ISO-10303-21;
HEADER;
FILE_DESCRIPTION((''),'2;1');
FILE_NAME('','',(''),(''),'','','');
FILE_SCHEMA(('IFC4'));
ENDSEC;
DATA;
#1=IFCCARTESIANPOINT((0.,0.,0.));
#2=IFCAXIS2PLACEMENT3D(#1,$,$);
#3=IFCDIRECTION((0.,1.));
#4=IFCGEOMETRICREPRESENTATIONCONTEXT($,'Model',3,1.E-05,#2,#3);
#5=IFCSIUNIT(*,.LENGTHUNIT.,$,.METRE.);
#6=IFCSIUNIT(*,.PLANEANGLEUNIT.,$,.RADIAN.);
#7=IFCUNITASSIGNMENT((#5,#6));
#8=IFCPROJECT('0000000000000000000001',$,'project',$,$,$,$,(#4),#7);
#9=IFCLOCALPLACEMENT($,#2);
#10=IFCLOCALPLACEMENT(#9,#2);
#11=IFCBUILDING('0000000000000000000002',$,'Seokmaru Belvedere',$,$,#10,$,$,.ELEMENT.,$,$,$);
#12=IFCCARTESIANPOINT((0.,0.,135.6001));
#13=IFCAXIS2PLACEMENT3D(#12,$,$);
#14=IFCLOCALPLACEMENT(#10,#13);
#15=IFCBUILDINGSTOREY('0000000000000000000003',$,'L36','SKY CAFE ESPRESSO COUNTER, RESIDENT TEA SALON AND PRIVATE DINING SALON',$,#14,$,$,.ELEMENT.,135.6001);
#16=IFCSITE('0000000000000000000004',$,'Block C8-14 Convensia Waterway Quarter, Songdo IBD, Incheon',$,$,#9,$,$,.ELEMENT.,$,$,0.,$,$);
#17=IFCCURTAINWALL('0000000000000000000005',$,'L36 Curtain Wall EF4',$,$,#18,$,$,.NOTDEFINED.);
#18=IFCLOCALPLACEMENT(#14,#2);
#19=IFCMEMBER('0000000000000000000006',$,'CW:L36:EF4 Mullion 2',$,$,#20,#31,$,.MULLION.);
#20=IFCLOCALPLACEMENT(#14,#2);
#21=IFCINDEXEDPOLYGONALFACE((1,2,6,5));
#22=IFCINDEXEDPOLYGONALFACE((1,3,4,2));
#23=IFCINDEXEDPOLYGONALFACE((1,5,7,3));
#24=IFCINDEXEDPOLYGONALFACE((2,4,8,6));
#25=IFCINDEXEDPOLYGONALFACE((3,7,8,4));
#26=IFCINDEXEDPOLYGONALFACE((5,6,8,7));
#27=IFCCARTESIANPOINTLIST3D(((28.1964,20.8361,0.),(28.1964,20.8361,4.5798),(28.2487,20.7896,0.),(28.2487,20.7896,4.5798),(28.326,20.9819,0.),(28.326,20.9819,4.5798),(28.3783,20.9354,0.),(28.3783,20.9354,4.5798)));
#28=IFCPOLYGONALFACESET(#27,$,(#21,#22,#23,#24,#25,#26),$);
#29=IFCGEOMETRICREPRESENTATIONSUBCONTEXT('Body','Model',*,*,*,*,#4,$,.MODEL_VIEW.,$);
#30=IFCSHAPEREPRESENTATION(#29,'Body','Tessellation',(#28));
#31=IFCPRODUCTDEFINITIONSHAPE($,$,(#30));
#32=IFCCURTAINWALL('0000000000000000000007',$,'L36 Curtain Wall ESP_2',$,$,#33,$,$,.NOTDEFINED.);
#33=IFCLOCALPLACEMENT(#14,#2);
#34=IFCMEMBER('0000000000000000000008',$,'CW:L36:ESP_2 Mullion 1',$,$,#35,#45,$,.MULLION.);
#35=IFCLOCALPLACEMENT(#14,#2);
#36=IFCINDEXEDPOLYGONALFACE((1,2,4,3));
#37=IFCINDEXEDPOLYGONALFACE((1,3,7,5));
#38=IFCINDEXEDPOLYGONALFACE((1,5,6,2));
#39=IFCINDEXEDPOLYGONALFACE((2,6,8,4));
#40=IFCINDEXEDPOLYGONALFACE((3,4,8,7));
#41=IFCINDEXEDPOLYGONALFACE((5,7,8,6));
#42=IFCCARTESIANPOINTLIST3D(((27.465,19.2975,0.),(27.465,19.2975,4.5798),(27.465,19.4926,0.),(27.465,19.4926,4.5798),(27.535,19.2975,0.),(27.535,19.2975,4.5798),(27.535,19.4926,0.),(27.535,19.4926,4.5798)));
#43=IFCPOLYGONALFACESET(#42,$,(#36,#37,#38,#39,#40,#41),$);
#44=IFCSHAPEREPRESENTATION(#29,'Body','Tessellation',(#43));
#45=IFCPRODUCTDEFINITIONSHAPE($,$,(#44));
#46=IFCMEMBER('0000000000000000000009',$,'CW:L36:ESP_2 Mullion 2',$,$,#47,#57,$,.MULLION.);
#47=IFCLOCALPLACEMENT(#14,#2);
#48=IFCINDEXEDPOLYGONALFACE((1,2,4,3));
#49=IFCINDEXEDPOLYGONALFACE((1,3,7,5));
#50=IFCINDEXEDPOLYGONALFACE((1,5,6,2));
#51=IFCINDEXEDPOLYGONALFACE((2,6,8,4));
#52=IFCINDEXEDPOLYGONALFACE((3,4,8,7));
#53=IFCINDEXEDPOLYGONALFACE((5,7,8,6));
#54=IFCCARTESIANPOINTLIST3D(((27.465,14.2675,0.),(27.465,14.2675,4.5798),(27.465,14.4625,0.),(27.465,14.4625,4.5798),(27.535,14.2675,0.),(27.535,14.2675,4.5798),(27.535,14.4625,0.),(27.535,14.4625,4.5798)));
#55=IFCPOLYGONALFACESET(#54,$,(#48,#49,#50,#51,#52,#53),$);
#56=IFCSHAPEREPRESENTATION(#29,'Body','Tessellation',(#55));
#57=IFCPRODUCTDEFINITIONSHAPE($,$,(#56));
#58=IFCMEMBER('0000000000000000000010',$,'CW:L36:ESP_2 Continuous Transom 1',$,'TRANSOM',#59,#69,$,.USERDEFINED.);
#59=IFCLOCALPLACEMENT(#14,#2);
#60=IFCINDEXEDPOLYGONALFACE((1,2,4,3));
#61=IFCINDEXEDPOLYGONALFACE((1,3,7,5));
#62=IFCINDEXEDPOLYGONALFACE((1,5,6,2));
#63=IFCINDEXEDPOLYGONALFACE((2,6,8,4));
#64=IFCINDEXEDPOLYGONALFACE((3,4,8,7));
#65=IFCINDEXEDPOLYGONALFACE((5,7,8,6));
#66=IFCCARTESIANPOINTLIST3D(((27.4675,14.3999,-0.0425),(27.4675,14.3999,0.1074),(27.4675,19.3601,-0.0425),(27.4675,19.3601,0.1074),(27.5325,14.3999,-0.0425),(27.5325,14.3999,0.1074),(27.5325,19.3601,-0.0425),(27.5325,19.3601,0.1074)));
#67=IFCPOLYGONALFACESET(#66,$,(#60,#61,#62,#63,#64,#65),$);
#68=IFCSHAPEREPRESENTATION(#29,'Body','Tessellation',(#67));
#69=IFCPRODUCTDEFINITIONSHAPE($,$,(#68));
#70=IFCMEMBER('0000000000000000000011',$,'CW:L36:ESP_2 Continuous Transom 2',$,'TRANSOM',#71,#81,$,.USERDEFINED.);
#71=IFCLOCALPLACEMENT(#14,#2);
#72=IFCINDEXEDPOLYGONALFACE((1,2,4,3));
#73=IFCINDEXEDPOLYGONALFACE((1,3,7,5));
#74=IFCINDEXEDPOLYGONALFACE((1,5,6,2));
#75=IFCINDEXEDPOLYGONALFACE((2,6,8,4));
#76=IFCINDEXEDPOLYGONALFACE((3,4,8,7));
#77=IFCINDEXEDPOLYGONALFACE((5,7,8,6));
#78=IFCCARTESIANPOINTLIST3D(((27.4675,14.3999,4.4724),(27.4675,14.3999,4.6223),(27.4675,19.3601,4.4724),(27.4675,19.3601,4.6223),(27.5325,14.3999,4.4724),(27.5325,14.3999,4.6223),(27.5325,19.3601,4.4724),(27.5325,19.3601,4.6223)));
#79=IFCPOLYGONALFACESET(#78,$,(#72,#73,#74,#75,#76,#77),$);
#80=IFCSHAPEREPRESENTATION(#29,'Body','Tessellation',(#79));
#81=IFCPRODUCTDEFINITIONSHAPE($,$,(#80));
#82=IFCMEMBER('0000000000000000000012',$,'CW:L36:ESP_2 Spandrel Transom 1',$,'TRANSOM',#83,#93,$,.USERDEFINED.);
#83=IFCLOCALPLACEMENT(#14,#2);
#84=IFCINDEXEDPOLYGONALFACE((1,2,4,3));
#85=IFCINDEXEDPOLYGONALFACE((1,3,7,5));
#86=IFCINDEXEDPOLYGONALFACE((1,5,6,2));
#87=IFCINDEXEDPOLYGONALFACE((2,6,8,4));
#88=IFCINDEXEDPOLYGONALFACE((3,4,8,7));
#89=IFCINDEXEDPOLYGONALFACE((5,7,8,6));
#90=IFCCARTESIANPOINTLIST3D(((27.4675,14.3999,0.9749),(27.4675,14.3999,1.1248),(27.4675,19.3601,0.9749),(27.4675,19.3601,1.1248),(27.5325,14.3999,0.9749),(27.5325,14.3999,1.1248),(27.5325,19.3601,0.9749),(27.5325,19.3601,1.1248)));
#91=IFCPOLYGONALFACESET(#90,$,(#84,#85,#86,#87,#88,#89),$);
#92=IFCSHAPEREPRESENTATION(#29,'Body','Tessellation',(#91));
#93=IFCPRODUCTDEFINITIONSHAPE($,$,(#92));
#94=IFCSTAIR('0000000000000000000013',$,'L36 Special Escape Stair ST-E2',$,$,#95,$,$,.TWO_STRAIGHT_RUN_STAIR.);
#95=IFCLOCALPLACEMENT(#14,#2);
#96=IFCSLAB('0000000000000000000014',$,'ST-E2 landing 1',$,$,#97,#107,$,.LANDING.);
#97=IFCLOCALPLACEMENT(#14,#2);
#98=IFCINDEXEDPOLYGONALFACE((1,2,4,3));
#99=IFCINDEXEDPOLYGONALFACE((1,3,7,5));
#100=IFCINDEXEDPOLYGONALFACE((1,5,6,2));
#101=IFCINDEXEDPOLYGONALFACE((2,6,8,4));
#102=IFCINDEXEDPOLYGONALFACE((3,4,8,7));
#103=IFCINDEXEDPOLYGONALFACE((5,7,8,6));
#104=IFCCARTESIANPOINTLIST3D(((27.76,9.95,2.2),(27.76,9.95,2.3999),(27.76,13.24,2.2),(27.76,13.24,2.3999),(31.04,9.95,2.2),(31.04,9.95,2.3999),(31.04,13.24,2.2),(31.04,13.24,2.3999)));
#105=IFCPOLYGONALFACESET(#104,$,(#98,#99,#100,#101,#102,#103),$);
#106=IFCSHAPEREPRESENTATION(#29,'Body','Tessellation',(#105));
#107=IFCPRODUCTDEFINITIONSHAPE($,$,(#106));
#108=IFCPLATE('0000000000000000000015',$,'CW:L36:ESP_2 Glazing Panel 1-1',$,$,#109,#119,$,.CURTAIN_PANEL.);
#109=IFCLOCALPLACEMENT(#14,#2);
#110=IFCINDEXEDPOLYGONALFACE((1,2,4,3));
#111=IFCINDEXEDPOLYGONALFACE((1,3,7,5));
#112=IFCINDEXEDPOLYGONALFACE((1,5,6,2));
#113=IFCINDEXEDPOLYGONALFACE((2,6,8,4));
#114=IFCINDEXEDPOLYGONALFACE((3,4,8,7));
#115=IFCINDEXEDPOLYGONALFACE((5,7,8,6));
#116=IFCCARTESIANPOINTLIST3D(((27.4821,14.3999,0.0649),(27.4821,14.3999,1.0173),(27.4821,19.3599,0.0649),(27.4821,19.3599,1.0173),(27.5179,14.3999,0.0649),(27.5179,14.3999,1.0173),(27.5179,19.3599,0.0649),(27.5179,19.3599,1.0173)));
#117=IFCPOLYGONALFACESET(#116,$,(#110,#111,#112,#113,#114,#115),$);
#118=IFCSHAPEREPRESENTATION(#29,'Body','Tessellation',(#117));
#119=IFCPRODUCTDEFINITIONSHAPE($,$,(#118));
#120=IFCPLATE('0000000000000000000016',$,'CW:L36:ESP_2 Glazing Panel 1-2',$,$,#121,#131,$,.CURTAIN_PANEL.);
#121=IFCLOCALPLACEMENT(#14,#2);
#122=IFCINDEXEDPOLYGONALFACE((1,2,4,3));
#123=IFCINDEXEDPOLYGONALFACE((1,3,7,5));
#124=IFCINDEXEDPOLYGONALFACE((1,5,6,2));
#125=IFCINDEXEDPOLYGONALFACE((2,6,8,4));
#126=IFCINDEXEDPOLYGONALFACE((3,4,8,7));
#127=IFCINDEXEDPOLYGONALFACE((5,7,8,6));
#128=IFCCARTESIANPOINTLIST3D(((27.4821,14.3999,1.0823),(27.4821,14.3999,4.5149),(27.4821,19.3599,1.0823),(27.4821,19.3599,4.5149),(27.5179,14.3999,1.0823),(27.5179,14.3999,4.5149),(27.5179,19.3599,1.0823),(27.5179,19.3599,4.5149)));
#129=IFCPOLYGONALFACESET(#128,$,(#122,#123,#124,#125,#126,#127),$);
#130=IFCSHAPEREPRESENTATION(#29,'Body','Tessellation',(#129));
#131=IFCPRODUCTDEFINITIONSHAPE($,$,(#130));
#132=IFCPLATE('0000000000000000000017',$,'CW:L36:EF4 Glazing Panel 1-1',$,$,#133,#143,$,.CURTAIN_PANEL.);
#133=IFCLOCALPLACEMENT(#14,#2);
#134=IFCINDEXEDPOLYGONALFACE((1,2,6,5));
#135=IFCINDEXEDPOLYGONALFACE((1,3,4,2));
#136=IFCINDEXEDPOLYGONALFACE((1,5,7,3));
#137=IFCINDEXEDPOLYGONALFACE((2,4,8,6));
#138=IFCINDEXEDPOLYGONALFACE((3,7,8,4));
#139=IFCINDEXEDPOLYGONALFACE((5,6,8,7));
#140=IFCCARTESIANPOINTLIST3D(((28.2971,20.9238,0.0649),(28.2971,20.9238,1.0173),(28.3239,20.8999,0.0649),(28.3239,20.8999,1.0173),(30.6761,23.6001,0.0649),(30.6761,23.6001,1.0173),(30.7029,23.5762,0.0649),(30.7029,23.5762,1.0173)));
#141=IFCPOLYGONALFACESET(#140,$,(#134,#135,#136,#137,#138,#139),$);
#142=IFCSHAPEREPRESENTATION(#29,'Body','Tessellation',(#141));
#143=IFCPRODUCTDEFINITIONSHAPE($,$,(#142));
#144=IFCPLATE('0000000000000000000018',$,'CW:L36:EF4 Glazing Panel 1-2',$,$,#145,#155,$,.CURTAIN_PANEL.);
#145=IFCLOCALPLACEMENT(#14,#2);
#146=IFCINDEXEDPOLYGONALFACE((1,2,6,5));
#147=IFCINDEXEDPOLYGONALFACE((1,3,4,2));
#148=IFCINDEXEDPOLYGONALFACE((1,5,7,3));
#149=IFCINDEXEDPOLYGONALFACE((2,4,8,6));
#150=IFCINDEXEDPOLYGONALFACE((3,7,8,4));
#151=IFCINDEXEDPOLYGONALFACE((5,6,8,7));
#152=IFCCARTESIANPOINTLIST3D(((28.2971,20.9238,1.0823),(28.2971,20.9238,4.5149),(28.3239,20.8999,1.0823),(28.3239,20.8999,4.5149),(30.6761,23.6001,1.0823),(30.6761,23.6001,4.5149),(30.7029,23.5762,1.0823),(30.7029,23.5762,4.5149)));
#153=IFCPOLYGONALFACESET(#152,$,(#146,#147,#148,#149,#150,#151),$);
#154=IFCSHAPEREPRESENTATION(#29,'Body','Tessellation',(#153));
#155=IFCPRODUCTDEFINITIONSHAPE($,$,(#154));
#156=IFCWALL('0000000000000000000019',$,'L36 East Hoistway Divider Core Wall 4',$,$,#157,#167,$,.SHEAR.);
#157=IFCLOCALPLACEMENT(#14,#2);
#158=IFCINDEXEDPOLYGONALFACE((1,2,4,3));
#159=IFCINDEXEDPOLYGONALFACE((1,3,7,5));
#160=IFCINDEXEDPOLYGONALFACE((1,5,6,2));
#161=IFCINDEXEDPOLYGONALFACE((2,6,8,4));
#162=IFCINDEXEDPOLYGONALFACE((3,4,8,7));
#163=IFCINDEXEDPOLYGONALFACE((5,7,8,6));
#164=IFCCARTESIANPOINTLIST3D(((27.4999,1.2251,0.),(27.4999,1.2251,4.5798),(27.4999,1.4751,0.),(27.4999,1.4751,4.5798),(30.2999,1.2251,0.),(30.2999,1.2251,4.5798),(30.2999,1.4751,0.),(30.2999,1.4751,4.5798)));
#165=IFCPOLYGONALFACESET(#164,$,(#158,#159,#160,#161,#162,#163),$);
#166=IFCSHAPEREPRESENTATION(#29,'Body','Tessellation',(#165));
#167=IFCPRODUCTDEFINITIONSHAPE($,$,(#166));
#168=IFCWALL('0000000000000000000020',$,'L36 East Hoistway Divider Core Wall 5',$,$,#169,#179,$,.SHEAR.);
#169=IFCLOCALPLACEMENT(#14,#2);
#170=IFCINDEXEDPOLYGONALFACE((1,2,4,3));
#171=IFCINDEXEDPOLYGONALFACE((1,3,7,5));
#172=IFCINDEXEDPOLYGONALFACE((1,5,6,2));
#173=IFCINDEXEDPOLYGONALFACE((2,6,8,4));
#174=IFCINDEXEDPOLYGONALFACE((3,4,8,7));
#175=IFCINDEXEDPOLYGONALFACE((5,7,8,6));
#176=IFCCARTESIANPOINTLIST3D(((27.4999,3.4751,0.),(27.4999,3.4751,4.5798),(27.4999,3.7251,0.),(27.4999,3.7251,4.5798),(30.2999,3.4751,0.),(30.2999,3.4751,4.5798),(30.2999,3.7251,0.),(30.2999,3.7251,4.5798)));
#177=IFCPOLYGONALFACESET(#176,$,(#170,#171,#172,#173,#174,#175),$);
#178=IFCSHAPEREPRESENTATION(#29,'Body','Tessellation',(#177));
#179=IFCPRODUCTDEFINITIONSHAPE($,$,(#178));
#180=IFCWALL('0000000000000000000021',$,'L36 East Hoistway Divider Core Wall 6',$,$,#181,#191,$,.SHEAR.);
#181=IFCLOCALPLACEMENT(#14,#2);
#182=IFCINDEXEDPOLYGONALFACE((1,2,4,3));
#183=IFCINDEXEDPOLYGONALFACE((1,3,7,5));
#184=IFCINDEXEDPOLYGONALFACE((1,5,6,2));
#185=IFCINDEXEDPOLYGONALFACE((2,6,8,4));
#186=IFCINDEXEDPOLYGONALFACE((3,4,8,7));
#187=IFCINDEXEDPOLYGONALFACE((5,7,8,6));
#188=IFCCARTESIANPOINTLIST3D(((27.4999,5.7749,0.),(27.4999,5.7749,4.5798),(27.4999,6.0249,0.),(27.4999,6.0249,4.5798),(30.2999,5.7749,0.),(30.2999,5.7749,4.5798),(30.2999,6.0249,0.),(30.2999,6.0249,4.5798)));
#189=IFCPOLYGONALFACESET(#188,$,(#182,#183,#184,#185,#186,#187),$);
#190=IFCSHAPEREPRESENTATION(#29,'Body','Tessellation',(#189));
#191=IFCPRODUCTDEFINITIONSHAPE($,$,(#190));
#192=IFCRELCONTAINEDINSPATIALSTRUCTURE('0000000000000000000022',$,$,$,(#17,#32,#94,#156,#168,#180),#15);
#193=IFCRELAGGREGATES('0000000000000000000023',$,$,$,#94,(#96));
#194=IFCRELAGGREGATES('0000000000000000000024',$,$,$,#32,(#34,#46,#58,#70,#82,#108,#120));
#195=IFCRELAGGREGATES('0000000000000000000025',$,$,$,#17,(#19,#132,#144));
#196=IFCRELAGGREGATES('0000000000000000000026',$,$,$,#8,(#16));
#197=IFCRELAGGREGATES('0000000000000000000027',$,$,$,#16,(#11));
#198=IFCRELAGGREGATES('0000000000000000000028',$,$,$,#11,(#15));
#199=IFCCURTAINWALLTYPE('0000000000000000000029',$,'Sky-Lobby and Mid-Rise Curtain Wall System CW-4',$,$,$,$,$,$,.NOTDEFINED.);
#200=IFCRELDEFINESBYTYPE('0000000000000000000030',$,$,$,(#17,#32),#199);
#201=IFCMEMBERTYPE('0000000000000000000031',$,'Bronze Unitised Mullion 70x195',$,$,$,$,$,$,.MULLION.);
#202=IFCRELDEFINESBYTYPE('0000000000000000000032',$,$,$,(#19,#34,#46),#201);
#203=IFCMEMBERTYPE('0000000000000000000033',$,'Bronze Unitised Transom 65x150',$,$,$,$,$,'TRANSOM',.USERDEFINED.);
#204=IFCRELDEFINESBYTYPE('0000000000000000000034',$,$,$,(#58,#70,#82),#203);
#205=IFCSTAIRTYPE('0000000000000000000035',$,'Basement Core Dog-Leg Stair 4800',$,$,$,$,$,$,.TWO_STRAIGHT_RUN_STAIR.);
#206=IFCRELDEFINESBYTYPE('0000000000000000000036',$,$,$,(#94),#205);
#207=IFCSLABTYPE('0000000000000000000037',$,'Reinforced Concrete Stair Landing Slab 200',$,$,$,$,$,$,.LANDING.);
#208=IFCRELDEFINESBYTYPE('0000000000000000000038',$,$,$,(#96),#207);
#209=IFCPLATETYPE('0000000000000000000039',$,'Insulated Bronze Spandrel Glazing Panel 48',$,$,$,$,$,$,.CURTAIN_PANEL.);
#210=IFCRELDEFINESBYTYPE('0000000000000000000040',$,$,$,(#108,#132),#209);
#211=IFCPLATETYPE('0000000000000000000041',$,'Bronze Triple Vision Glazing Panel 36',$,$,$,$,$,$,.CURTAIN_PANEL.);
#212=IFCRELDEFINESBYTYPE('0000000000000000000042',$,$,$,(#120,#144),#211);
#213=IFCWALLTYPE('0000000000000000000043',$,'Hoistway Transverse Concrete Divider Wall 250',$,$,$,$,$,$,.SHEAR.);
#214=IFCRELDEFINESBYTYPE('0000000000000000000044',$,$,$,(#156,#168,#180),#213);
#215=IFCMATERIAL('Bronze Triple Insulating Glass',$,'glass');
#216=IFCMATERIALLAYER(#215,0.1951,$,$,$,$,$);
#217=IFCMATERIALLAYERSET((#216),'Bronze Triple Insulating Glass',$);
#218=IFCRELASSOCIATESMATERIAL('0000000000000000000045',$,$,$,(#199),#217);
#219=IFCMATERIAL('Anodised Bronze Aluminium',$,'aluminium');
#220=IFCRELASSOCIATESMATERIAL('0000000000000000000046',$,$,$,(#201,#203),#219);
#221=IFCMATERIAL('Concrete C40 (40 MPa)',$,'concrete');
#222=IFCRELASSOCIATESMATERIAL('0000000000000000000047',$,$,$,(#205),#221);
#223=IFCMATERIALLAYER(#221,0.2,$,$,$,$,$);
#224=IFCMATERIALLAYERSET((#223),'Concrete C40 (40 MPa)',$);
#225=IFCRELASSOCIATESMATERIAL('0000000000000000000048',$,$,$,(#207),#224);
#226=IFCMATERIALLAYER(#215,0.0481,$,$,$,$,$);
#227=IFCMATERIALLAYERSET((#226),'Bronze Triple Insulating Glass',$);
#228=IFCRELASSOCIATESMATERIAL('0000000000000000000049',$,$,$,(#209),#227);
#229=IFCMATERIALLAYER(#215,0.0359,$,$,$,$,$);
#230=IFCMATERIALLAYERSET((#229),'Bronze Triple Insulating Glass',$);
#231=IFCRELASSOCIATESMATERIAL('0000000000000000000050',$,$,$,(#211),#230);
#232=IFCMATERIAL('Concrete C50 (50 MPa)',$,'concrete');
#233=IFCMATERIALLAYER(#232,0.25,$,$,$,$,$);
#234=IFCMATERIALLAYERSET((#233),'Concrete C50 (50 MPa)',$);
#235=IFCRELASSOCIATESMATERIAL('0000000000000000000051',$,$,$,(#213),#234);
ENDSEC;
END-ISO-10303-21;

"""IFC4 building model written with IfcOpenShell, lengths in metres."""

from ifc_helpers import new_model, si_unit, direction, frame, frame_2d, origin, origin_2d, place, context, subcontext, project, spatial, polyline, rectangle, outline, extrude, source, transform, mapped, material, layer, layer_set, material_profile, profile_set, type_object, type_shapes, element, aggregate, save


model = new_model("IFC4")

# Units and contexts
model_context = context("Model", 3, precision=1e-05, world=origin(), true_north=direction((0.0, 1.0)))
body_context = subcontext(model_context, "Body", "Model", "MODEL_VIEW")
ifc_project = project(units=[si_unit("LENGTHUNIT", "METRE"), si_unit("PLANEANGLEUNIT", "RADIAN")], contexts=[model_context])

# Site, building, storey
site_placement = place(None, origin())
site = spatial("IfcSite", under=ifc_project, at=site_placement, Name="Block C8-14 Convensia Waterway Quarter, Songdo IBD, Incheon", CompositionType="ELEMENT", RefElevation=0.0)
building_placement = place(site_placement, origin())
building = spatial("IfcBuilding", under=site, at=building_placement, Name="Seokmaru Belvedere", CompositionType="ELEMENT")
storey_placement = place(building_placement, frame((0.0, 0.0, 135.6001)))
storey = spatial("IfcBuildingStorey", under=building, at=storey_placement, Name="L36", Description="SKY CAFE ESPRESSO COUNTER, RESIDENT TEA SALON AND PRIVATE DINING SALON", CompositionType="ELEMENT", Elevation=135.6001)

# Curtain wall, member
ifc_material_1 = material(Name="Bronze Triple Insulating Glass", Category="glass")
ifc_layer_1 = layer(ifc_material_1, 0.1951)
ifc_layer_set_1 = layer_set([ifc_layer_1], Name="Bronze Triple Insulating Glass")
curtain_wall_type = type_object("IfcCurtainWallType", Name="Sky-Lobby and Mid-Rise Curtain Wall System CW-4", PredefinedType="NOTDEFINED", material=ifc_layer_set_1)
curtain_wall_1_placement = place(storey_placement, origin())
curtain_wall_1 = element("IfcCurtainWall", 1, at=curtain_wall_1_placement, inside=storey, type_object=curtain_wall_type, Name="L36 Curtain Wall EF4", PredefinedType="NOTDEFINED")
ifc_material_2 = material(Name="Anodised Bronze Aluminium", Category="aluminium")
ifc_material_profile_1 = material_profile(ifc_material_2, rectangle(XDim=0.0701, YDim=0.1951, at=origin_2d()), Name="CW-M-70x195")
ifc_profile_set_1 = profile_set([ifc_material_profile_1], Name="Anodised Bronze Aluminium")
member_type_1 = type_object("IfcMemberType", Name="Bronze Unitised Mullion 70x195", PredefinedType="MULLION", material=ifc_profile_set_1)
shared_shape_1 = source(origin(), body_context, "Body", "SweptSolid", [
    extrude(rectangle(XDim=0.0701, YDim=0.1951, at=origin_2d()), origin(), (0.0, 0.0, 1.0), 4.5798),
])
type_shapes(member_type_1, [shared_shape_1])
member_1_placement = place(storey_placement, frame((28.2874, 20.8857, 0.0), z_axis=(0.0, 0.0, 1.0), x_axis=(0.74741, -0.664363, 0.0)))
member_1 = element("IfcMember", 2, at=member_1_placement, type_object=member_type_1, Name="CW:L36:EF4 Mullion 2", PredefinedType="MULLION", context=body_context, shape_type="MappedRepresentation", body=[
    mapped(shared_shape_1, transform((0.0, 0.0, 0.0), scale=1.0)),
])

# Curtain wall, members
curtain_wall_2_placement = place(storey_placement, origin())
curtain_wall_2 = element("IfcCurtainWall", 3, at=curtain_wall_2_placement, inside=storey, type_object=curtain_wall_type, Name="L36 Curtain Wall ESP_2", PredefinedType="NOTDEFINED")
member_2_placement = place(storey_placement, frame((27.5, 19.395, 0.0), z_axis=(0.0, 0.0, 1.0), x_axis=(1.0, 0.0, 0.0)))
member_2 = element("IfcMember", 4, at=member_2_placement, type_object=member_type_1, Name="CW:L36:ESP_2 Mullion 1", PredefinedType="MULLION", context=body_context, shape_type="MappedRepresentation", body=[
    mapped(shared_shape_1, transform((0.0, 0.0, 0.0), scale=1.0)),
])
member_3_placement = place(storey_placement, frame((27.5, 14.365, 0.0), z_axis=(0.0, 0.0, 1.0), x_axis=(1.0, 0.0, 0.0)))
member_3 = element("IfcMember", 5, at=member_3_placement, type_object=member_type_1, Name="CW:L36:ESP_2 Mullion 2", PredefinedType="MULLION", context=body_context, shape_type="MappedRepresentation", body=[
    mapped(shared_shape_1, transform((0.0, 0.0, 0.0), scale=1.0)),
])
ifc_material_profile_2 = material_profile(ifc_material_2, rectangle(XDim=0.0649, YDim=0.1499, at=origin_2d()), Name="CW-T-65x150")
ifc_profile_set_2 = profile_set([ifc_material_profile_2], Name="Anodised Bronze Aluminium")
member_type_2 = type_object("IfcMemberType", Name="Bronze Unitised Transom 65x150", ElementType="TRANSOM", PredefinedType="USERDEFINED", material=ifc_profile_set_2)
shared_shape_2 = source(origin(), body_context, "Body", "SweptSolid", [
    extrude(rectangle(XDim=0.0649, YDim=0.1499, at=origin_2d()), origin(), (0.0, 0.0, 1.0), 4.9602),
])
type_shapes(member_type_2, [shared_shape_2])
member_4_placement = place(storey_placement, frame((27.5, 19.3601, 0.0325), z_axis=(0.0, -1.0, 0.0), x_axis=(1.0, 0.0, 0.0)))
member_4 = element("IfcMember", 6, at=member_4_placement, type_object=member_type_2, Name="CW:L36:ESP_2 Continuous Transom 1", ObjectType="TRANSOM", PredefinedType="USERDEFINED", context=body_context, shape_type="MappedRepresentation", body=[
    mapped(shared_shape_2, transform((0.0, 0.0, 0.0), scale=1.0)),
])
member_5_placement = place(storey_placement, frame((27.5, 19.3601, 4.5474), z_axis=(0.0, -1.0, 0.0), x_axis=(1.0, 0.0, 0.0)))
member_5 = element("IfcMember", 7, at=member_5_placement, type_object=member_type_2, Name="CW:L36:ESP_2 Continuous Transom 2", ObjectType="TRANSOM", PredefinedType="USERDEFINED", context=body_context, shape_type="MappedRepresentation", body=[
    mapped(shared_shape_2, transform((0.0, 0.0, 0.0), scale=1.0)),
])
member_6_placement = place(storey_placement, frame((27.5, 19.3601, 1.0498), z_axis=(0.0, -1.0, 0.0), x_axis=(1.0, 0.0, 0.0)))
member_6 = element("IfcMember", 8, at=member_6_placement, type_object=member_type_2, Name="CW:L36:ESP_2 Spandrel Transom 1", ObjectType="TRANSOM", PredefinedType="USERDEFINED", context=body_context, shape_type="MappedRepresentation", body=[
    mapped(shared_shape_2, transform((0.0, 0.0, 0.0), scale=1.0)),
])

# Stair, slab
ifc_material_3 = material(Name="Concrete C40 (40 MPa)", Category="concrete")
stair_type = type_object("IfcStairType", Name="Basement Core Dog-Leg Stair 4800", PredefinedType="TWO_STRAIGHT_RUN_STAIR", material=ifc_material_3)
stair_placement = place(storey_placement, origin())
stair = element("IfcStair", 9, at=stair_placement, inside=storey, type_object=stair_type, Name="L36 Special Escape Stair ST-E2", PredefinedType="TWO_STRAIGHT_RUN_STAIR")
ifc_layer_2 = layer(ifc_material_3, 0.2)
ifc_layer_set_2 = layer_set([ifc_layer_2], Name="Concrete C40 (40 MPa)")
slab_type = type_object("IfcSlabType", Name="Reinforced Concrete Stair Landing Slab 200", PredefinedType="LANDING", material=ifc_layer_set_2)
slab_placement = place(storey_placement, frame((0.0, 0.0, 2.2)))
slab = element("IfcSlab", 10, at=slab_placement, type_object=slab_type, Name="ST-E2 landing 1", PredefinedType="LANDING", context=body_context, shape_type="SweptSolid", body=[
    extrude(outline(polyline([(27.76, 9.95), (31.04, 9.95), (31.04, 13.24), (27.76, 13.24), (27.76, 9.95)])), origin(), (0.0, 0.0, 1.0), 0.2),
])
aggregate(stair, [slab])

# Plates
ifc_layer_3 = layer(ifc_material_1, 0.0481)
ifc_layer_set_3 = layer_set([ifc_layer_3], Name="Bronze Triple Insulating Glass")
plate_type_1 = type_object("IfcPlateType", Name="Insulated Bronze Spandrel Glazing Panel 48", PredefinedType="CURTAIN_PANEL", material=ifc_layer_set_3)
shared_shape_3 = source(origin(), body_context, "Body", "SweptSolid", [
    extrude(rectangle(XDim=4.96, YDim=0.0359, at=origin_2d()), origin(), (0.0, 0.0, 1.0), 0.9524),
])
plate_1_placement = place(storey_placement, frame((27.5, 16.8799, 0.0649), z_axis=(0.0, 0.0, 1.0), x_axis=(0.0, -1.0, 0.0)))
plate_1 = element("IfcPlate", 11, at=plate_1_placement, type_object=plate_type_1, Name="CW:L36:ESP_2 Glazing Panel 1-1", PredefinedType="CURTAIN_PANEL", context=body_context, shape_type="MappedRepresentation", body=[
    mapped(shared_shape_3, transform((0.0, 0.0, 0.0), scale=1.0)),
])
ifc_layer_4 = layer(ifc_material_1, 0.0359)
ifc_layer_set_4 = layer_set([ifc_layer_4], Name="Bronze Triple Insulating Glass")
plate_type_2 = type_object("IfcPlateType", Name="Bronze Triple Vision Glazing Panel 36", PredefinedType="CURTAIN_PANEL", material=ifc_layer_set_4)
shared_shape_4 = source(origin(), body_context, "Body", "SweptSolid", [
    extrude(rectangle(XDim=4.96, YDim=0.0359, at=origin_2d()), origin(), (0.0, 0.0, 1.0), 3.4326),
])
plate_2_placement = place(storey_placement, frame((27.5, 16.8799, 1.0823), z_axis=(0.0, 0.0, 1.0), x_axis=(0.0, -1.0, 0.0)))
plate_2 = element("IfcPlate", 12, at=plate_2_placement, type_object=plate_type_2, Name="CW:L36:ESP_2 Glazing Panel 1-2", PredefinedType="CURTAIN_PANEL", context=body_context, shape_type="MappedRepresentation", body=[
    mapped(shared_shape_4, transform((0.0, 0.0, 0.0), scale=1.0)),
])
aggregate(curtain_wall_2, [member_2, member_3, member_4, member_5, member_6, plate_1, plate_2])
shared_shape_5 = source(origin(), body_context, "Body", "SweptSolid", [
    extrude(rectangle(XDim=3.5808, YDim=0.0359, at=origin_2d()), origin(), (0.0, 0.0, 1.0), 0.9524),
])
type_shapes(plate_type_1, [shared_shape_3, shared_shape_5])
plate_3_placement = place(storey_placement, frame((29.5, 22.25, 0.0649), z_axis=(0.0, 0.0, 1.0), x_axis=(-0.664363, -0.74741, 0.0)))
plate_3 = element("IfcPlate", 13, at=plate_3_placement, type_object=plate_type_1, Name="CW:L36:EF4 Glazing Panel 1-1", PredefinedType="CURTAIN_PANEL", context=body_context, shape_type="MappedRepresentation", body=[
    mapped(shared_shape_5, transform((0.0, 0.0, 0.0), scale=1.0)),
])
shared_shape_6 = source(origin(), body_context, "Body", "SweptSolid", [
    extrude(rectangle(XDim=3.5808, YDim=0.0359, at=origin_2d()), origin(), (0.0, 0.0, 1.0), 3.4326),
])
type_shapes(plate_type_2, [shared_shape_4, shared_shape_6])
plate_4_placement = place(storey_placement, frame((29.5, 22.25, 1.0823), z_axis=(0.0, 0.0, 1.0), x_axis=(-0.664363, -0.74741, 0.0)))
plate_4 = element("IfcPlate", 14, at=plate_4_placement, type_object=plate_type_2, Name="CW:L36:EF4 Glazing Panel 1-2", PredefinedType="CURTAIN_PANEL", context=body_context, shape_type="MappedRepresentation", body=[
    mapped(shared_shape_6, transform((0.0, 0.0, 0.0), scale=1.0)),
])
aggregate(curtain_wall_1, [member_1, plate_3, plate_4])

# Walls
ifc_material_4 = material(Name="Concrete C50 (50 MPa)", Category="concrete")
ifc_layer_5 = layer(ifc_material_4, 0.25)
ifc_layer_set_5 = layer_set([ifc_layer_5], Name="Concrete C50 (50 MPa)")
wall_type_1 = type_object("IfcWallType", Name="Hoistway Transverse Concrete Divider Wall 250", PredefinedType="SHEAR", material=ifc_layer_set_5)
for number, where, z_axis, x_axis, name in (
    (15, (27.5, 1.3501, 0.0), (0.0, 0.0, 1.0), (1.0, 0.0, 0.0), "L36 East Hoistway Divider Core Wall 4"),
    (16, (27.5, 3.6001, 0.0), (0.0, 0.0, 1.0), (1.0, 0.0, 0.0), "L36 East Hoistway Divider Core Wall 5"),
    (17, (27.5, 5.8999, 0.0), (0.0, 0.0, 1.0), (1.0, 0.0, 0.0), "L36 East Hoistway Divider Core Wall 6"),
):
    element("IfcWall", number, at=place(storey_placement, frame(where, z_axis=z_axis, x_axis=x_axis)), inside=storey, type_object=wall_type_1, Name=name, PredefinedType="SHEAR", context=body_context, shape_type="SweptSolid", body=[
        extrude(rectangle(XDim=2.8, YDim=0.25, at=frame_2d((1.3999, 0.0))), origin(), (0.0, 0.0, 1.0), 4.5798),
    ])

save(model, "model.ifc")
